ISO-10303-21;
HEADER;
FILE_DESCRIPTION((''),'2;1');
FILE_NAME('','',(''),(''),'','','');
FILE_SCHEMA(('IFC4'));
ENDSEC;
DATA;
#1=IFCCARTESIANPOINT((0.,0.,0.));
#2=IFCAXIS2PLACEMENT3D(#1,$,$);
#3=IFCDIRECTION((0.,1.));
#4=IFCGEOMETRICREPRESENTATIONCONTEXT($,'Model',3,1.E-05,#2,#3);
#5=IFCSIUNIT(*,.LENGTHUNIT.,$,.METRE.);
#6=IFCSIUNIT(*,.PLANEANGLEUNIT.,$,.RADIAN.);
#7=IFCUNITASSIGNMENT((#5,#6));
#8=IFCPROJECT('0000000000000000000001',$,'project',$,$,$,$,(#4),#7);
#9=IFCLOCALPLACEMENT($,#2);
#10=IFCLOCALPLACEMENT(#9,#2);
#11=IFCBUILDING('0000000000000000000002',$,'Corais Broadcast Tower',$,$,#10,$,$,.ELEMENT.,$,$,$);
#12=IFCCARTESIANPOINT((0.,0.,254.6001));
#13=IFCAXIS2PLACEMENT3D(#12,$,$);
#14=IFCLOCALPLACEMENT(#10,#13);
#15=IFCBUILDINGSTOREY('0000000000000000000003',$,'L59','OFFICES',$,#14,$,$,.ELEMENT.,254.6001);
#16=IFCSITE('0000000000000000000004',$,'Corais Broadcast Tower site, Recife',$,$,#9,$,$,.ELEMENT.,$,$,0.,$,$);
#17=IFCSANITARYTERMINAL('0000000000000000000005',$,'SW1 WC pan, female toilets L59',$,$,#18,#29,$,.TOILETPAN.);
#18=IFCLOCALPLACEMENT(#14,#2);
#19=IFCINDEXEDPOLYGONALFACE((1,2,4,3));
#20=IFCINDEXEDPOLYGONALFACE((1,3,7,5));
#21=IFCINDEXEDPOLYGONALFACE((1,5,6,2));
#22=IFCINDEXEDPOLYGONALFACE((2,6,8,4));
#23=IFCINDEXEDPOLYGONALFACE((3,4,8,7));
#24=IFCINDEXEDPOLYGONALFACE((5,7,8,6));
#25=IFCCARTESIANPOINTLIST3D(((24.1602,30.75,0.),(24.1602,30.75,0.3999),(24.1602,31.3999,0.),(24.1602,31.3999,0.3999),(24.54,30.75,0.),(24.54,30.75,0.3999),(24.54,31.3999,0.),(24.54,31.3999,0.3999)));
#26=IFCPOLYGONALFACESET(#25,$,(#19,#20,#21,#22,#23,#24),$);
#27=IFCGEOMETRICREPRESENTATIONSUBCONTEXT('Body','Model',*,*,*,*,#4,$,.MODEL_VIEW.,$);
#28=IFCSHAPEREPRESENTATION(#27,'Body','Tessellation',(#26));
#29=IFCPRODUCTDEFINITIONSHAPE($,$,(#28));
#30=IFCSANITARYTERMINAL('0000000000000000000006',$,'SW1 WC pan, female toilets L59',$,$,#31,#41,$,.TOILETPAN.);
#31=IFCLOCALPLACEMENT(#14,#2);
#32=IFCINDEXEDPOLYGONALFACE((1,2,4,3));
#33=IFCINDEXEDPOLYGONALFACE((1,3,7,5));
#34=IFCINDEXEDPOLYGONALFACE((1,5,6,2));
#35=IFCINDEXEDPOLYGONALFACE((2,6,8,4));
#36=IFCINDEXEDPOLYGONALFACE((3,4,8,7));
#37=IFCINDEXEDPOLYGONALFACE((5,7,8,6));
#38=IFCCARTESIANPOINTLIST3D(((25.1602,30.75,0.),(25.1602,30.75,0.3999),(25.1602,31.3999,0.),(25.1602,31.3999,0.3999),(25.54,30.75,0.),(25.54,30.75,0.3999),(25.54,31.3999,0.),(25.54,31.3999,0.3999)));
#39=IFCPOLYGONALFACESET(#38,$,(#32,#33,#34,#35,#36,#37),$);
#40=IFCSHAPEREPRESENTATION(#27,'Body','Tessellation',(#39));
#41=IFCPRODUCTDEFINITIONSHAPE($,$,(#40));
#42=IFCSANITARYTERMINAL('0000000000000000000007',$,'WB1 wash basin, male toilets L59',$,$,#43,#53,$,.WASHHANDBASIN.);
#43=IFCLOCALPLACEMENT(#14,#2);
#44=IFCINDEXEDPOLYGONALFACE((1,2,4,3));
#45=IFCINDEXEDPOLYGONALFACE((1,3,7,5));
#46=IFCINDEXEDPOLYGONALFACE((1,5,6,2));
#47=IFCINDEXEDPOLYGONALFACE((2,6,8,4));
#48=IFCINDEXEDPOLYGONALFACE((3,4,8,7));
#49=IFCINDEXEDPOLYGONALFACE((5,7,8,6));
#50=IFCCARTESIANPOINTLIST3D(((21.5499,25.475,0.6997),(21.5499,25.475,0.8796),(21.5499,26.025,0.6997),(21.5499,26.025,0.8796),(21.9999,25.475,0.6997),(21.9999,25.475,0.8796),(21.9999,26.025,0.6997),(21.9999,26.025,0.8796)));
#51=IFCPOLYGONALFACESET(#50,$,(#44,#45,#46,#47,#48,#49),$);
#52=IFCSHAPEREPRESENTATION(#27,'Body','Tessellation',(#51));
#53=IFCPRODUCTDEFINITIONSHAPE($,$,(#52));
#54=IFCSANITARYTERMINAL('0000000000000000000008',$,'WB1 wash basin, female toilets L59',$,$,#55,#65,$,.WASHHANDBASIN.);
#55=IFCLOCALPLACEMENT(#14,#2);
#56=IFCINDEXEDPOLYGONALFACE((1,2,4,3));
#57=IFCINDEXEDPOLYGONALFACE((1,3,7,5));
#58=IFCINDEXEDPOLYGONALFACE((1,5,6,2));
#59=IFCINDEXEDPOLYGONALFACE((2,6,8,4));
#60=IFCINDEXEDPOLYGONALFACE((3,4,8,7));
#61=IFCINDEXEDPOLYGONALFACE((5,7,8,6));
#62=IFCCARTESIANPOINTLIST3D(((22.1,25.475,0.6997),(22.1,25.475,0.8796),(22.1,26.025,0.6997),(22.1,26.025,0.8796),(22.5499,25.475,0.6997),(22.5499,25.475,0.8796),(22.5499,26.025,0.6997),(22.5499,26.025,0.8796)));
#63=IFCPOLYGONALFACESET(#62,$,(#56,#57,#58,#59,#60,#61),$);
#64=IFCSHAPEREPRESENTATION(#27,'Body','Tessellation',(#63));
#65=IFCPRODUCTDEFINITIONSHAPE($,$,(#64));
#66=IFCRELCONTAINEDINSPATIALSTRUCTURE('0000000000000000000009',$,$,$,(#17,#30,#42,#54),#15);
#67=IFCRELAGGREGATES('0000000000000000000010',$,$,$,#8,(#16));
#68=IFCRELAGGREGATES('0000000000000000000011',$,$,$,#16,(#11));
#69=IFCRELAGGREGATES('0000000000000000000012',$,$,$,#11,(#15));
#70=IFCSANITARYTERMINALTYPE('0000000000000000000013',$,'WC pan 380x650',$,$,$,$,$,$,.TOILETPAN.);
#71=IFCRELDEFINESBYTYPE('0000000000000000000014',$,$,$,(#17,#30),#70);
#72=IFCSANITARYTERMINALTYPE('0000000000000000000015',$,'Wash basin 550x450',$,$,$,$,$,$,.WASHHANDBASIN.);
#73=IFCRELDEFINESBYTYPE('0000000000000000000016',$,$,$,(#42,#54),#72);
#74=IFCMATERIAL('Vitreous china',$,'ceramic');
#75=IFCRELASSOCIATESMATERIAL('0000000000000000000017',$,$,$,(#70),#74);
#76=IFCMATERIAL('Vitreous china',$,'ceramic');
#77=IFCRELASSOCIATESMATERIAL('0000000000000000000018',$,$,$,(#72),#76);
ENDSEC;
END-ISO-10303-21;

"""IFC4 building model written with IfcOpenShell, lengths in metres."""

from ifc_helpers import new_model, si_unit, direction, frame, origin, origin_2d, place, context, subcontext, project, spatial, rectangle, extrude, material, type_object, element, save


model = new_model("IFC4")

# Units and contexts
model_context = context("Model", 3, precision=1e-05, world=origin(), true_north=direction((0.0, 1.0)))
body_context = subcontext(model_context, "Body", "Model", "MODEL_VIEW")
ifc_project = project(units=[si_unit("LENGTHUNIT", "METRE"), si_unit("PLANEANGLEUNIT", "RADIAN")], contexts=[model_context])

# Site, building, storey
site_placement = place(None, origin())
site = spatial("IfcSite", under=ifc_project, at=site_placement, Name="Corais Broadcast Tower site, Recife", CompositionType="ELEMENT", RefElevation=0.0)
building_placement = place(site_placement, origin())
building = spatial("IfcBuilding", under=site, at=building_placement, Name="Corais Broadcast Tower", CompositionType="ELEMENT")
storey_placement = place(building_placement, frame((0.0, 0.0, 254.6001)))
storey = spatial("IfcBuildingStorey", under=building, at=storey_placement, Name="L59", Description="OFFICES", CompositionType="ELEMENT", Elevation=254.6001)

# Sanitary terminals
ifc_material_1 = material(Name="Vitreous china", Category="ceramic")
sanitary_terminal_type_1 = type_object("IfcSanitaryTerminalType", Name="WC pan 380x650", PredefinedType="TOILETPAN", material=ifc_material_1)
for number, where, z_axis, x_axis, name in (
    (1, (24.3501, 31.075, 0.0), (0.0, 0.0, 1.0), (1.0, 0.0, 0.0), "SW1 WC pan, female toilets L59"),
    (2, (25.3501, 31.075, 0.0), (0.0, 0.0, 1.0), (1.0, 0.0, 0.0), "SW1 WC pan, female toilets L59"),
):
    element("IfcSanitaryTerminal", number, at=place(storey_placement, frame(where, z_axis=z_axis, x_axis=x_axis)), inside=storey, type_object=sanitary_terminal_type_1, Name=name, PredefinedType="TOILETPAN", context=body_context, shape_type="SweptSolid", body=[
        extrude(rectangle(XDim=0.3799, YDim=0.6499, at=origin_2d()), origin(), (0.0, 0.0, 1.0), 0.3999),
    ])
ifc_material_2 = material(Name="Vitreous china", Category="ceramic")
sanitary_terminal_type_2 = type_object("IfcSanitaryTerminalType", Name="Wash basin 550x450", PredefinedType="WASHHANDBASIN", material=ifc_material_2)
for number, where, z_axis, x_axis, name in (
    (3, (21.7749, 25.75, 0.6997), (0.0, 0.0, 1.0), (1.0, 0.0, 0.0), "WB1 wash basin, male toilets L59"),
    (4, (22.325, 25.75, 0.6997), (0.0, 0.0, 1.0), (1.0, 0.0, 0.0), "WB1 wash basin, female toilets L59"),
):
    element("IfcSanitaryTerminal", number, at=place(storey_placement, frame(where, z_axis=z_axis, x_axis=x_axis)), inside=storey, type_object=sanitary_terminal_type_2, Name=name, PredefinedType="WASHHANDBASIN", context=body_context, shape_type="SweptSolid", body=[
        extrude(rectangle(XDim=0.45, YDim=0.55, at=origin_2d()), origin(), (0.0, 0.0, 1.0), 0.1799),
    ])

save(model, "model.ifc")
